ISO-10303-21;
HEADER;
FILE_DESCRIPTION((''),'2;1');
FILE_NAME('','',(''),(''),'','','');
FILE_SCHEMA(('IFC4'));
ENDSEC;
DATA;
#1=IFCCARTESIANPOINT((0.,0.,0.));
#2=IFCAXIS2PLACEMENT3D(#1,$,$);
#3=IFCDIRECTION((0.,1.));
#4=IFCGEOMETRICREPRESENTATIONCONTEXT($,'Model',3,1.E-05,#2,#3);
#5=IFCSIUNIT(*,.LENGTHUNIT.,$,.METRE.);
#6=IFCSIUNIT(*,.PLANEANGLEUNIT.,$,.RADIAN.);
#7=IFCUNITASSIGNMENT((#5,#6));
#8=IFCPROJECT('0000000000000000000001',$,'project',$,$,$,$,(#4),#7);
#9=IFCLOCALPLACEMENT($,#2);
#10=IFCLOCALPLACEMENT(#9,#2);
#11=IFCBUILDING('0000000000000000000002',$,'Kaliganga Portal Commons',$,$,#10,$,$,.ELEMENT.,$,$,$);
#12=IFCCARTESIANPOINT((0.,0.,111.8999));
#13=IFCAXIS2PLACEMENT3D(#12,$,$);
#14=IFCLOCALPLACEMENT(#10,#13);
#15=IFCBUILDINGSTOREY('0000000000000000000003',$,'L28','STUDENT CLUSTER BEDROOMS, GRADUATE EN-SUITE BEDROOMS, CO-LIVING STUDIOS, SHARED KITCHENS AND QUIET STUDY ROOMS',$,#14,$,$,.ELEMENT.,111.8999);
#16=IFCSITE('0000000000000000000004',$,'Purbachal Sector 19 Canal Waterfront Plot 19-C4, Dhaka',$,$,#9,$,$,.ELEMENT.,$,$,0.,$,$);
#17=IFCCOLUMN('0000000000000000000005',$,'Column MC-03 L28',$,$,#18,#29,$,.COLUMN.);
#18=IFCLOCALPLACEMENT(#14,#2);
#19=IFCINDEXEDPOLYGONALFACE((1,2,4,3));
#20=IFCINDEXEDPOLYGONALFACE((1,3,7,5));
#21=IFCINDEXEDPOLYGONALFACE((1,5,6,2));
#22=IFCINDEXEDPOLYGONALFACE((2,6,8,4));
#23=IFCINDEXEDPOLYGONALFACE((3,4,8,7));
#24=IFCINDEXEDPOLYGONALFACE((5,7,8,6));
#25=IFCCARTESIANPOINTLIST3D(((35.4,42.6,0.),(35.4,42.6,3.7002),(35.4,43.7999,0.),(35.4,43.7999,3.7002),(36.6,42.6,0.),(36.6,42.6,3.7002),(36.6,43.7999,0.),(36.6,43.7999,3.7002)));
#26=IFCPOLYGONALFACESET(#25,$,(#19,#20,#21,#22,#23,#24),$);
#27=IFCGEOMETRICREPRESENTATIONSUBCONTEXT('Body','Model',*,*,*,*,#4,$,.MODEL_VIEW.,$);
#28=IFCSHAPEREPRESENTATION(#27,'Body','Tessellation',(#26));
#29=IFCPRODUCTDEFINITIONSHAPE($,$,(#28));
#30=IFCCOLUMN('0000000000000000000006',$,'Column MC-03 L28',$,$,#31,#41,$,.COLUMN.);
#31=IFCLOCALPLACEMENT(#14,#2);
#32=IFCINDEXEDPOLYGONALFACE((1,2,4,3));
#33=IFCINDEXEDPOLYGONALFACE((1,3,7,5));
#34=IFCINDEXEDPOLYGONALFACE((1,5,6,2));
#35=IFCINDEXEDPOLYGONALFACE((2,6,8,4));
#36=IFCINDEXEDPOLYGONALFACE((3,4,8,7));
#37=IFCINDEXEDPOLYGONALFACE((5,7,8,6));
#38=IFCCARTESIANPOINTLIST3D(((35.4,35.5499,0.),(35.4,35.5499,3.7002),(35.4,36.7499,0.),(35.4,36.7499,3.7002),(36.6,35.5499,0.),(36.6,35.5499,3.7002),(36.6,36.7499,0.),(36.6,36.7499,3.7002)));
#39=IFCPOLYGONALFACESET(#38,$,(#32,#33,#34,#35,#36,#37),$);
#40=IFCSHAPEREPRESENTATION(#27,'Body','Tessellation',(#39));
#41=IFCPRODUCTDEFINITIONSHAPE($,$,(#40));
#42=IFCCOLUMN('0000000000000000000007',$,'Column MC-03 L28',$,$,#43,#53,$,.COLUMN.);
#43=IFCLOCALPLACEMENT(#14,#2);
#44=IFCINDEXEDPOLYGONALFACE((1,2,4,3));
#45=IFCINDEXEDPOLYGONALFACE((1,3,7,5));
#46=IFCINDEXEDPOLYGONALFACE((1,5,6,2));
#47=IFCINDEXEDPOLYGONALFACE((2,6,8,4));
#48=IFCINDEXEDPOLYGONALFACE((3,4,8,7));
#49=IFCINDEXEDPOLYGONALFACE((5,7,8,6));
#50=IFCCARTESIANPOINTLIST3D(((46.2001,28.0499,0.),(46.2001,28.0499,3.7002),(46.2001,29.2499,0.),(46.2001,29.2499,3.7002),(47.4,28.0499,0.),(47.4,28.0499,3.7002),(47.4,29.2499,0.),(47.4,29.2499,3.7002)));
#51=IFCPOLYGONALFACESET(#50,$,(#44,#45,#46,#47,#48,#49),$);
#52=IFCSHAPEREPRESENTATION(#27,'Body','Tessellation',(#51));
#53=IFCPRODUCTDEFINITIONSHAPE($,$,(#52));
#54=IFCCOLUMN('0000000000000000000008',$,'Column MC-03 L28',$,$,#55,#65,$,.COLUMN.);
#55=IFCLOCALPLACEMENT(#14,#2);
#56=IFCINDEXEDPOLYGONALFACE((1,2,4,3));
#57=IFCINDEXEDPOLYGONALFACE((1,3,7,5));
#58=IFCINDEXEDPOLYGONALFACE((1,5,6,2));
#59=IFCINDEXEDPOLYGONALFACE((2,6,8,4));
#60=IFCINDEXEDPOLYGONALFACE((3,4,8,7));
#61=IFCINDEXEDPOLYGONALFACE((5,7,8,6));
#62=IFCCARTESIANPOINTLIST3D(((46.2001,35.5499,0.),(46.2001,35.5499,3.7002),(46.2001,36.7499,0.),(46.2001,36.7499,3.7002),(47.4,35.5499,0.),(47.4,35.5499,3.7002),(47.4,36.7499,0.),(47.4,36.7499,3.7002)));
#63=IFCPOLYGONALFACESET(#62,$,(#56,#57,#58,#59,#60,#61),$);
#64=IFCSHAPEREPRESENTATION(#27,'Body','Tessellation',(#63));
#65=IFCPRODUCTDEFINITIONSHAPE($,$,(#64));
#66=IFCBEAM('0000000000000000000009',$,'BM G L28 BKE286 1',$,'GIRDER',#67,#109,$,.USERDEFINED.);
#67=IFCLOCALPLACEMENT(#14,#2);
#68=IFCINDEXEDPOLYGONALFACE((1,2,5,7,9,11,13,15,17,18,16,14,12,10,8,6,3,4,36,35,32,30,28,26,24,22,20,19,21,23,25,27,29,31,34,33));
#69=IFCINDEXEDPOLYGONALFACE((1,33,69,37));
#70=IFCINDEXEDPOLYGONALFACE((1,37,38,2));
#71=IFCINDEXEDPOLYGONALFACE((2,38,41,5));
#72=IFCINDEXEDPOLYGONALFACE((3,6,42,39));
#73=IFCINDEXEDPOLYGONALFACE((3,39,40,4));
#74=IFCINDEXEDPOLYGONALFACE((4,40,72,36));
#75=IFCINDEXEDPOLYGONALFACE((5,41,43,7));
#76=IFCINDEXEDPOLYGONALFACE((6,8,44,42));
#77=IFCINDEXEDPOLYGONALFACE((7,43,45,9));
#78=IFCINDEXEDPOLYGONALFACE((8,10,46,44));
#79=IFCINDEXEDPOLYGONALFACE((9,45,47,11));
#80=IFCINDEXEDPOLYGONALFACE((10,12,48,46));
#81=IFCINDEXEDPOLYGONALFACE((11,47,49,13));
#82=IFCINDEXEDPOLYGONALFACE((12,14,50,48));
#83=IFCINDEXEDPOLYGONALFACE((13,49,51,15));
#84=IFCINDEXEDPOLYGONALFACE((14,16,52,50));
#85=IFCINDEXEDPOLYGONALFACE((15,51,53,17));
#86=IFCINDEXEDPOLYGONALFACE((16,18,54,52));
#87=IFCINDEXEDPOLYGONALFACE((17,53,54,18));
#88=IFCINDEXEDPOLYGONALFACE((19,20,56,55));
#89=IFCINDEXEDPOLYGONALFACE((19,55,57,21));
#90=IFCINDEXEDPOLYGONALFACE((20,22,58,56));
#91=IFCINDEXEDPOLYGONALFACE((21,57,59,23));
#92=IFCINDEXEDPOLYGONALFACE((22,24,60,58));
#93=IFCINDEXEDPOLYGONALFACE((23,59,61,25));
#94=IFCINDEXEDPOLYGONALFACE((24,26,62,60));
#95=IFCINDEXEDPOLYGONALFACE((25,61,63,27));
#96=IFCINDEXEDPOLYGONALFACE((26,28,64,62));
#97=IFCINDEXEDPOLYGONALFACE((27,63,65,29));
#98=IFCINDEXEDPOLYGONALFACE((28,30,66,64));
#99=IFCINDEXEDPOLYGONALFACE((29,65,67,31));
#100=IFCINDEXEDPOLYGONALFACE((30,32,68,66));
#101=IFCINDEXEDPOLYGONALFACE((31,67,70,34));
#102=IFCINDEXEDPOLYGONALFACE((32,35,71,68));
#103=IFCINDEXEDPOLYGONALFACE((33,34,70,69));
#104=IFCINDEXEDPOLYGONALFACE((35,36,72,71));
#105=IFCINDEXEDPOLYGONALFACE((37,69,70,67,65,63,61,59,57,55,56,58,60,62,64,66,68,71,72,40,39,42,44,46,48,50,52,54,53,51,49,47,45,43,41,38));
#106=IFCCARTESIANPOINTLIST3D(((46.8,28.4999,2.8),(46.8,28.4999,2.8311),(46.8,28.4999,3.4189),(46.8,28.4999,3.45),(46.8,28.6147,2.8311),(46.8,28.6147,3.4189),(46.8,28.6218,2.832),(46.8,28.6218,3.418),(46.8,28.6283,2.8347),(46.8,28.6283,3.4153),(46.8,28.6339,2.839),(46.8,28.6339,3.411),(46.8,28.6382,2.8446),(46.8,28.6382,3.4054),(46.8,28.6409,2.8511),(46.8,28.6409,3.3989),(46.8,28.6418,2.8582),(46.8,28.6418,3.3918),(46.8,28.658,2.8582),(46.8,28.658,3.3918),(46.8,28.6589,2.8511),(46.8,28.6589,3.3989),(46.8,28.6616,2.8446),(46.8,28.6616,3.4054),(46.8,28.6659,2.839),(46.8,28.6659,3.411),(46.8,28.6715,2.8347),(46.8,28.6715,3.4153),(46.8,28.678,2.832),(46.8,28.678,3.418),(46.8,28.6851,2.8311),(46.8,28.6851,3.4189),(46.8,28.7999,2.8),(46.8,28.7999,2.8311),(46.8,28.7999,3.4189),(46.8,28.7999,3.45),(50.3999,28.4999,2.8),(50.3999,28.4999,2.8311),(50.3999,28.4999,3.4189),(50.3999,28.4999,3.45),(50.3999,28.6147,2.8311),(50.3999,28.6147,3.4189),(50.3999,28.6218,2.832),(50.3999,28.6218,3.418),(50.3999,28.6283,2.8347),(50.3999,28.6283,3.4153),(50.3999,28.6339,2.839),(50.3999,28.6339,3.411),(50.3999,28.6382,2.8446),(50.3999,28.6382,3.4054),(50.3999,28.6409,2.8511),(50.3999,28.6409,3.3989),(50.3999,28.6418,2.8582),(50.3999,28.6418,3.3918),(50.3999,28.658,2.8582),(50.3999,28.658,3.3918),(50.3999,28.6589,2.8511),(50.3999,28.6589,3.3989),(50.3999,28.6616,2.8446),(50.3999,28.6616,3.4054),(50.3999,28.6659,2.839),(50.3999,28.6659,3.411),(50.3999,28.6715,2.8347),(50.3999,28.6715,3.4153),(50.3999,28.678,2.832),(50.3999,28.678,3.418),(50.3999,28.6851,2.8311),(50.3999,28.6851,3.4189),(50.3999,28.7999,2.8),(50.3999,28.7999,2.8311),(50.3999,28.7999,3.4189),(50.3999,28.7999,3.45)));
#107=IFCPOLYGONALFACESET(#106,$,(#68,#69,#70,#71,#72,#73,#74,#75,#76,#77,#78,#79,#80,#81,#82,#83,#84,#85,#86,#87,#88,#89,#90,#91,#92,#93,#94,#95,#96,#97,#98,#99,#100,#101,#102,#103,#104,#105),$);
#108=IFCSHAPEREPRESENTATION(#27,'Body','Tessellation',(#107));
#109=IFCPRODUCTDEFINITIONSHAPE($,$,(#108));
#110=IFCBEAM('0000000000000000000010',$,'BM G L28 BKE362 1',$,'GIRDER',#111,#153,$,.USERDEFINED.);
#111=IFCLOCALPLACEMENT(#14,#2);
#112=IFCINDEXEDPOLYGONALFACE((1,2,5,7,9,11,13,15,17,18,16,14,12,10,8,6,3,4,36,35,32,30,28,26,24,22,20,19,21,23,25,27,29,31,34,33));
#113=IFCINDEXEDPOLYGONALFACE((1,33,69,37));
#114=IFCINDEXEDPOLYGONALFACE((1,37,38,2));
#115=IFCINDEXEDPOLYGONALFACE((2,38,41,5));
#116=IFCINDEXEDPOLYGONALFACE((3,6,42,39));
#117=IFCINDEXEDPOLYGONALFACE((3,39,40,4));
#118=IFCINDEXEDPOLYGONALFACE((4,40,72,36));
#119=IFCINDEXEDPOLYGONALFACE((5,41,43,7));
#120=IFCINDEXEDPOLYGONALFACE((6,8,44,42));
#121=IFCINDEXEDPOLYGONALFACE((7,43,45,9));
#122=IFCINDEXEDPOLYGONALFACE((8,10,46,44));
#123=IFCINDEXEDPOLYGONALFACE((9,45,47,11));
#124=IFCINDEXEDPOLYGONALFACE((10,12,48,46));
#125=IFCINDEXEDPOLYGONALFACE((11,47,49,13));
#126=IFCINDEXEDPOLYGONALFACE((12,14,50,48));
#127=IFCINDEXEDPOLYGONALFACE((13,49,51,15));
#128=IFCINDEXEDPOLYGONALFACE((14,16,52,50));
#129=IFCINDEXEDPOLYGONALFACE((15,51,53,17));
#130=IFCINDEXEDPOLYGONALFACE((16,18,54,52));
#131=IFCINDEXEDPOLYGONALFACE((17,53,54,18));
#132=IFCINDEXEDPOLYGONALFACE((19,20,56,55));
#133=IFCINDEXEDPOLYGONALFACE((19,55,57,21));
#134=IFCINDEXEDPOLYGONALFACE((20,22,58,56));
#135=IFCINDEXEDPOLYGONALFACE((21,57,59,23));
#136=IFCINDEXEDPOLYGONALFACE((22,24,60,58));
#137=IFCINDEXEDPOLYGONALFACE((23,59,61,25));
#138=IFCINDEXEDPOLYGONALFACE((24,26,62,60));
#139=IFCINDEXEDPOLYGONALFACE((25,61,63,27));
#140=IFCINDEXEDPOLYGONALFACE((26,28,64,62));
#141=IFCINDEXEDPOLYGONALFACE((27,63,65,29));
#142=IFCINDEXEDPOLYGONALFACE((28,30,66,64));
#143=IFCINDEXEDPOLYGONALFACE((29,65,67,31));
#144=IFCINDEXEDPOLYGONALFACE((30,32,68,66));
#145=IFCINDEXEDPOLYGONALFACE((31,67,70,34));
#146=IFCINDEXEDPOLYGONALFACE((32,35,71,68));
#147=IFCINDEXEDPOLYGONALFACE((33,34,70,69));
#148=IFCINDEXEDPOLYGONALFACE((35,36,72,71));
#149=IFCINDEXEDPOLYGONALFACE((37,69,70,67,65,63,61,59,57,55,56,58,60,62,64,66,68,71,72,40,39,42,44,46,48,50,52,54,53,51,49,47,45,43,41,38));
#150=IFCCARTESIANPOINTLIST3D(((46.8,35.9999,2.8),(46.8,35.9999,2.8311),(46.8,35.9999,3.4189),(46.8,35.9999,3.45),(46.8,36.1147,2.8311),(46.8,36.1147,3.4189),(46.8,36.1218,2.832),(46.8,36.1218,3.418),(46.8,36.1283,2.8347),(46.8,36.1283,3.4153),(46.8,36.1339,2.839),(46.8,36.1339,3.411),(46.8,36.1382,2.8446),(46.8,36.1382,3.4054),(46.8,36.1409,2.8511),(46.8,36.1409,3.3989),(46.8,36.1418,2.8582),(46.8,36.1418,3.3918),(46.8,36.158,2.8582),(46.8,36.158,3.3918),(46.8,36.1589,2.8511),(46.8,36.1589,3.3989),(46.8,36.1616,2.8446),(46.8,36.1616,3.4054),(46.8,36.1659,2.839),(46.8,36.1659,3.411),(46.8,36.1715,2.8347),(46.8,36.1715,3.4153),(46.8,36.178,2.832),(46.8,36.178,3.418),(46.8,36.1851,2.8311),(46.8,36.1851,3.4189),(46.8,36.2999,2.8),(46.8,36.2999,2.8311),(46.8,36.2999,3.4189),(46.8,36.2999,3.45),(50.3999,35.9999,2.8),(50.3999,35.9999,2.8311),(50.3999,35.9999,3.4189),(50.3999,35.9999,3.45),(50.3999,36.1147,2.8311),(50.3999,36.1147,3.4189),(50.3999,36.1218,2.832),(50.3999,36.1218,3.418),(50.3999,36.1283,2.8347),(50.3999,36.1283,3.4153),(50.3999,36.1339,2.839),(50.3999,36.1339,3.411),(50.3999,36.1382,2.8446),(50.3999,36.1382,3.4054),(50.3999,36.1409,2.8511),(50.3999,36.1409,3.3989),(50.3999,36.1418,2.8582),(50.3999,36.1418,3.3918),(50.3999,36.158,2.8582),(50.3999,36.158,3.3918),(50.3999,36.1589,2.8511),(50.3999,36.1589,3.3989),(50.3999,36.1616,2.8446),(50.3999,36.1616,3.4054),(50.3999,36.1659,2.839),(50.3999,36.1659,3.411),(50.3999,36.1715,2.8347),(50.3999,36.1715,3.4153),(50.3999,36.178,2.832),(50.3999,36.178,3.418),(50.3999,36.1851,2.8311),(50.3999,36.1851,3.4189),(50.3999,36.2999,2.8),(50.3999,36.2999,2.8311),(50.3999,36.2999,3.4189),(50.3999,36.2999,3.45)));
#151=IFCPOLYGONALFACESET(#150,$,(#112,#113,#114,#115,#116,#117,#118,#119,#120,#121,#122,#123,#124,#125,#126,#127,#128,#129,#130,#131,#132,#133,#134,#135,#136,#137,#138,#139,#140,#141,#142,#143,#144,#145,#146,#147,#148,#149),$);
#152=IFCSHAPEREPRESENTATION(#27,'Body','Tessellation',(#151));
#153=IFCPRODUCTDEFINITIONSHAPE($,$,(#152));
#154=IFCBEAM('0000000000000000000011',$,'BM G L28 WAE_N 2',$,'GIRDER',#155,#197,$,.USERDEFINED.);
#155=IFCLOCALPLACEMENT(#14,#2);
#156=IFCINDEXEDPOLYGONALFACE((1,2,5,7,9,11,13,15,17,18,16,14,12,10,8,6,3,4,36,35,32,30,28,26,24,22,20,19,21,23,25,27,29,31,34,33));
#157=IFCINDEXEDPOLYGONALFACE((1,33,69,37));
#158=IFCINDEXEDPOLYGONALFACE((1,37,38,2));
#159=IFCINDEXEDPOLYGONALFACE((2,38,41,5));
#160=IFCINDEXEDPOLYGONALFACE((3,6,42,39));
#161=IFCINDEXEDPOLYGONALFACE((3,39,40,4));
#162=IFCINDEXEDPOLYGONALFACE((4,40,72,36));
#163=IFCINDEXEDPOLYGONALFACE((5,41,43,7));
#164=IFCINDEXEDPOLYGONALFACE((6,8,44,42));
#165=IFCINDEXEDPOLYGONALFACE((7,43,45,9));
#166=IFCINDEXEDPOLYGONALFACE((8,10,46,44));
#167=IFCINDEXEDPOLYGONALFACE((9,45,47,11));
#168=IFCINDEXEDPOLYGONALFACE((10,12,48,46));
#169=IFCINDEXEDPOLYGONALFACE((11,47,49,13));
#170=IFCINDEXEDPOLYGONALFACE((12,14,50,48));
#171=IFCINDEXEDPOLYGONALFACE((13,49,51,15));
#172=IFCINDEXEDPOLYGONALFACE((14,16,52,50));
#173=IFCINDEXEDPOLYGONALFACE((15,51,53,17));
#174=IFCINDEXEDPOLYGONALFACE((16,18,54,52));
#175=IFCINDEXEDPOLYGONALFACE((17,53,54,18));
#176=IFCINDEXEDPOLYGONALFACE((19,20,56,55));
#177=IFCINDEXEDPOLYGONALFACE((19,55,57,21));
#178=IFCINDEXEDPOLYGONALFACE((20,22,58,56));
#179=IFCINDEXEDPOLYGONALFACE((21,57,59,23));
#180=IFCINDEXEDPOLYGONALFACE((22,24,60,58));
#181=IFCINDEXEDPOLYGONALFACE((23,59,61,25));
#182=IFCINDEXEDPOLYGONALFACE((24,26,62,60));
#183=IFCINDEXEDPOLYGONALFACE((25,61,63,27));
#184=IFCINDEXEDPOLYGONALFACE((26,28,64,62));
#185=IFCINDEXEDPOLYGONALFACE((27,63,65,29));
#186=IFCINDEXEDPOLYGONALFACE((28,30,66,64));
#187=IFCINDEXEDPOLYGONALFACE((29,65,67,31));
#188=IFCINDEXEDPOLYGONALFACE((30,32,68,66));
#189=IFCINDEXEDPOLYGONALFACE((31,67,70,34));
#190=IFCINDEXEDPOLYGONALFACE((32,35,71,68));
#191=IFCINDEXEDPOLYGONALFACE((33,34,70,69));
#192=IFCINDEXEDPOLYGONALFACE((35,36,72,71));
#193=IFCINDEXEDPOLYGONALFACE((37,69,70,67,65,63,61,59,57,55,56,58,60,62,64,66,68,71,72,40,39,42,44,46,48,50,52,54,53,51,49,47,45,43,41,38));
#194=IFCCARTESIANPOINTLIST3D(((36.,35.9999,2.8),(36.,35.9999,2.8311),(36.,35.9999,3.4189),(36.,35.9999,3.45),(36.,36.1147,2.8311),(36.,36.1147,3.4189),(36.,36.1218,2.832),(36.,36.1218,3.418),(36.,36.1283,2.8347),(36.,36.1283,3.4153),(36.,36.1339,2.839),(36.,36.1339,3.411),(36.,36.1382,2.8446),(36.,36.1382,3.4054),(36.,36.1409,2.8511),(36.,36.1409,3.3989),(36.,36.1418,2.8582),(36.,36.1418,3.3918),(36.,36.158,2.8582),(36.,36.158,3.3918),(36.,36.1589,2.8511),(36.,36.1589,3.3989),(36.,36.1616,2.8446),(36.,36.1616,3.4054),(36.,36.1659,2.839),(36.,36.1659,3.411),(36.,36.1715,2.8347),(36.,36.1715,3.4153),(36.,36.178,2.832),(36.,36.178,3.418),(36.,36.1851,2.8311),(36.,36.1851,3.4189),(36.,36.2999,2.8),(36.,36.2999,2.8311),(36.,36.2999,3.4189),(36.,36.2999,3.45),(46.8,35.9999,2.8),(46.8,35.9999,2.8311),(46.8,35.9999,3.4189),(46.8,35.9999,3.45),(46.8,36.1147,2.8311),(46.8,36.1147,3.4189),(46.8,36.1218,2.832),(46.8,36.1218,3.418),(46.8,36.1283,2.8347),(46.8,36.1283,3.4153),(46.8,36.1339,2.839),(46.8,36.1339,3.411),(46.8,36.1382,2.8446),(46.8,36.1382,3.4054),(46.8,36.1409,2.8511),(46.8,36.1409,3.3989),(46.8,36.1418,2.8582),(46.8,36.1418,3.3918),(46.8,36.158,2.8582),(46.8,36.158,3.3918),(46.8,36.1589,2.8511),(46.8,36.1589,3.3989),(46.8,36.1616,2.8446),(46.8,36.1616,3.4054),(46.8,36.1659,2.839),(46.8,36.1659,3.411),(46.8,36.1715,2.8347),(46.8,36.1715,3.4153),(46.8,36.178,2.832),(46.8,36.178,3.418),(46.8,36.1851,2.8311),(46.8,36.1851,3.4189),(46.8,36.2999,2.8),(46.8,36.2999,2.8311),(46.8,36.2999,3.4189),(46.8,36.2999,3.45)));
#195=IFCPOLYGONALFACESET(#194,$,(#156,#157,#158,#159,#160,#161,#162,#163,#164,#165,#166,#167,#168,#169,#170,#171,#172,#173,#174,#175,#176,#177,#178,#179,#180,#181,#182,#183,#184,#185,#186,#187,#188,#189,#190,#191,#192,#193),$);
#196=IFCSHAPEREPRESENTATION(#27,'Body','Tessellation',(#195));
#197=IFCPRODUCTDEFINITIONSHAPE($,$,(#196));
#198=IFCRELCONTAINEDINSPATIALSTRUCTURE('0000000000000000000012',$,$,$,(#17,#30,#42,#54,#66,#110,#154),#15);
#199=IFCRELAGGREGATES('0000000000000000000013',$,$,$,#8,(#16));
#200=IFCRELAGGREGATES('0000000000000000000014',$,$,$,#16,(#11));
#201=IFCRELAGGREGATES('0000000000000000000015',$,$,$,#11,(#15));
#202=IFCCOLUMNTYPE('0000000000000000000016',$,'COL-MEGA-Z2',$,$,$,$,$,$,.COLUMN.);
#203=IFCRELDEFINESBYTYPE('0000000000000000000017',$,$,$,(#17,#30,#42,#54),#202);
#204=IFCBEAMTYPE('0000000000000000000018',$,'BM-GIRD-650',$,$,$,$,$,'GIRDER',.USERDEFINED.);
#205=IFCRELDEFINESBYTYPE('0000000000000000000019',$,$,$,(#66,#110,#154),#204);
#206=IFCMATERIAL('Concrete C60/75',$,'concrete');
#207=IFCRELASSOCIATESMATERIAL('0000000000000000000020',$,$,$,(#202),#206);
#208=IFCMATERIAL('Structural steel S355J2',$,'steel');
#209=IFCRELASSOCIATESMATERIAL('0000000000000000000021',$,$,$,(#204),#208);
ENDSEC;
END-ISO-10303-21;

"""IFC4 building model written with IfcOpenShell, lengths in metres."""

from ifc_helpers import new_model, si_unit, direction, frame, origin, origin_2d, place, context, subcontext, project, spatial, rectangle, i_section, extrude, source, transform, mapped, material, material_profile, profile_set, type_object, element, save


model = new_model("IFC4")

# Units and contexts
model_context = context("Model", 3, precision=1e-05, world=origin(), true_north=direction((0.0, 1.0)))
body_context = subcontext(model_context, "Body", "Model", "MODEL_VIEW")
ifc_project = project(units=[si_unit("LENGTHUNIT", "METRE"), si_unit("PLANEANGLEUNIT", "RADIAN")], contexts=[model_context])

# Site, building, storey
site_placement = place(None, origin())
site = spatial("IfcSite", under=ifc_project, at=site_placement, Name="Purbachal Sector 19 Canal Waterfront Plot 19-C4, Dhaka", CompositionType="ELEMENT", RefElevation=0.0)
building_placement = place(site_placement, origin())
building = spatial("IfcBuilding", under=site, at=building_placement, Name="Kaliganga Portal Commons", CompositionType="ELEMENT")
storey_placement = place(building_placement, frame((0.0, 0.0, 111.8999)))
storey = spatial("IfcBuildingStorey", under=building, at=storey_placement, Name="L28", Description="STUDENT CLUSTER BEDROOMS, GRADUATE EN-SUITE BEDROOMS, CO-LIVING STUDIOS, SHARED KITCHENS AND QUIET STUDY ROOMS", CompositionType="ELEMENT", Elevation=111.8999)

# Columns
ifc_material_1 = material(Name="Concrete C60/75", Category="concrete")
ifc_material_profile_1 = material_profile(ifc_material_1, rectangle(XDim=1.2, YDim=1.2, at=origin_2d()), Name="RC 1200x1200")
ifc_profile_set_1 = profile_set([ifc_material_profile_1], Name="Concrete C60/75")
column_type = type_object("IfcColumnType", Name="COL-MEGA-Z2", PredefinedType="COLUMN", material=ifc_profile_set_1)
shared_shape_1 = source(origin(), body_context, "Body", "SweptSolid", [
    extrude(rectangle(XDim=1.2, YDim=1.2, at=origin_2d()), origin(), (0.0, 0.0, 1.0), 3.7002),
])
for number, where, z_axis, x_axis, name in (
    (1, (36.0, 43.2, 0.0), (0.0, 0.0, 1.0), (1.0, 0.0, 0.0), "Column MC-03 L28"),
    (2, (36.0, 36.1499, 0.0), (0.0, 0.0, 1.0), (1.0, 0.0, 0.0), "Column MC-03 L28"),
    (3, (46.8, 28.6499, 0.0), (0.0, 0.0, 1.0), (1.0, 0.0, 0.0), "Column MC-03 L28"),
    (4, (46.8, 36.1499, 0.0), (0.0, 0.0, 1.0), (1.0, 0.0, 0.0), "Column MC-03 L28"),
):
    element("IfcColumn", number, at=place(storey_placement, frame(where, z_axis=z_axis, x_axis=x_axis)), inside=storey, type_object=column_type, Name=name, PredefinedType="COLUMN", context=body_context, shape_type="MappedRepresentation", body=[
        mapped(shared_shape_1, transform((0.0, 0.0, 0.0), x_axis=(1.0, 0.0, 0.0), y_axis=(0.0, 1.0, 0.0), z_axis=(0.0, 0.0, 1.0), scale=1.0)),
    ])

# Beams
ifc_material_2 = material(Name="Structural steel S355J2", Category="steel")
ifc_material_profile_2 = material_profile(ifc_material_2, i_section(OverallWidth=0.3, OverallDepth=0.6499, WebThickness=0.0161, FlangeThickness=0.031, FilletRadius=0.0271, at=origin_2d()), Name="HE 650 B")
ifc_profile_set_2 = profile_set([ifc_material_profile_2], Name="Structural steel S355J2 wide-flange")
beam_type_1 = type_object("IfcBeamType", Name="BM-GIRD-650", ElementType="GIRDER", PredefinedType="USERDEFINED", material=ifc_profile_set_2)
shared_shape_2 = source(origin(), body_context, "Body", "SweptSolid", [
    extrude(i_section(OverallWidth=0.3, OverallDepth=0.6499, WebThickness=0.0161, FlangeThickness=0.031, FilletRadius=0.0271, at=origin_2d()), origin(), (0.0, 0.0, 1.0), 3.5999),
])
for number, where, z_axis, x_axis, name in (
    (5, (46.8, 28.6499, 3.125), (1.0, 0.0, 0.0), (0.0, 1.0, 0.0), "BM G L28 BKE286 1"),
    (6, (46.8, 36.1499, 3.125), (1.0, 0.0, 0.0), (0.0, 1.0, 0.0), "BM G L28 BKE362 1"),
):
    element("IfcBeam", number, at=place(storey_placement, frame(where, z_axis=z_axis, x_axis=x_axis)), inside=storey, type_object=beam_type_1, Name=name, ObjectType="GIRDER", PredefinedType="USERDEFINED", context=body_context, shape_type="MappedRepresentation", body=[
        mapped(shared_shape_2, transform((0.0, 0.0, 0.0), x_axis=(1.0, 0.0, 0.0), y_axis=(0.0, 1.0, 0.0), z_axis=(0.0, 0.0, 1.0), scale=1.0)),
    ])
shared_shape_3 = source(origin(), body_context, "Body", "SweptSolid", [
    extrude(i_section(OverallWidth=0.3, OverallDepth=0.6499, WebThickness=0.0161, FlangeThickness=0.031, FilletRadius=0.0271, at=origin_2d()), origin(), (0.0, 0.0, 1.0), 10.8),
])
beam_1_placement = place(storey_placement, frame((36.0, 36.1499, 3.125), z_axis=(1.0, 0.0, 0.0), x_axis=(0.0, 1.0, 0.0)))
element("IfcBeam", 7, at=beam_1_placement, inside=storey, type_object=beam_type_1, Name="BM G L28 WAE_N 2", ObjectType="GIRDER", PredefinedType="USERDEFINED", context=body_context, shape_type="MappedRepresentation", body=[
    mapped(shared_shape_3, transform((0.0, 0.0, 0.0), x_axis=(1.0, 0.0, 0.0), y_axis=(0.0, 1.0, 0.0), z_axis=(0.0, 0.0, 1.0), scale=1.0)),
])

save(model, "model.ifc")
